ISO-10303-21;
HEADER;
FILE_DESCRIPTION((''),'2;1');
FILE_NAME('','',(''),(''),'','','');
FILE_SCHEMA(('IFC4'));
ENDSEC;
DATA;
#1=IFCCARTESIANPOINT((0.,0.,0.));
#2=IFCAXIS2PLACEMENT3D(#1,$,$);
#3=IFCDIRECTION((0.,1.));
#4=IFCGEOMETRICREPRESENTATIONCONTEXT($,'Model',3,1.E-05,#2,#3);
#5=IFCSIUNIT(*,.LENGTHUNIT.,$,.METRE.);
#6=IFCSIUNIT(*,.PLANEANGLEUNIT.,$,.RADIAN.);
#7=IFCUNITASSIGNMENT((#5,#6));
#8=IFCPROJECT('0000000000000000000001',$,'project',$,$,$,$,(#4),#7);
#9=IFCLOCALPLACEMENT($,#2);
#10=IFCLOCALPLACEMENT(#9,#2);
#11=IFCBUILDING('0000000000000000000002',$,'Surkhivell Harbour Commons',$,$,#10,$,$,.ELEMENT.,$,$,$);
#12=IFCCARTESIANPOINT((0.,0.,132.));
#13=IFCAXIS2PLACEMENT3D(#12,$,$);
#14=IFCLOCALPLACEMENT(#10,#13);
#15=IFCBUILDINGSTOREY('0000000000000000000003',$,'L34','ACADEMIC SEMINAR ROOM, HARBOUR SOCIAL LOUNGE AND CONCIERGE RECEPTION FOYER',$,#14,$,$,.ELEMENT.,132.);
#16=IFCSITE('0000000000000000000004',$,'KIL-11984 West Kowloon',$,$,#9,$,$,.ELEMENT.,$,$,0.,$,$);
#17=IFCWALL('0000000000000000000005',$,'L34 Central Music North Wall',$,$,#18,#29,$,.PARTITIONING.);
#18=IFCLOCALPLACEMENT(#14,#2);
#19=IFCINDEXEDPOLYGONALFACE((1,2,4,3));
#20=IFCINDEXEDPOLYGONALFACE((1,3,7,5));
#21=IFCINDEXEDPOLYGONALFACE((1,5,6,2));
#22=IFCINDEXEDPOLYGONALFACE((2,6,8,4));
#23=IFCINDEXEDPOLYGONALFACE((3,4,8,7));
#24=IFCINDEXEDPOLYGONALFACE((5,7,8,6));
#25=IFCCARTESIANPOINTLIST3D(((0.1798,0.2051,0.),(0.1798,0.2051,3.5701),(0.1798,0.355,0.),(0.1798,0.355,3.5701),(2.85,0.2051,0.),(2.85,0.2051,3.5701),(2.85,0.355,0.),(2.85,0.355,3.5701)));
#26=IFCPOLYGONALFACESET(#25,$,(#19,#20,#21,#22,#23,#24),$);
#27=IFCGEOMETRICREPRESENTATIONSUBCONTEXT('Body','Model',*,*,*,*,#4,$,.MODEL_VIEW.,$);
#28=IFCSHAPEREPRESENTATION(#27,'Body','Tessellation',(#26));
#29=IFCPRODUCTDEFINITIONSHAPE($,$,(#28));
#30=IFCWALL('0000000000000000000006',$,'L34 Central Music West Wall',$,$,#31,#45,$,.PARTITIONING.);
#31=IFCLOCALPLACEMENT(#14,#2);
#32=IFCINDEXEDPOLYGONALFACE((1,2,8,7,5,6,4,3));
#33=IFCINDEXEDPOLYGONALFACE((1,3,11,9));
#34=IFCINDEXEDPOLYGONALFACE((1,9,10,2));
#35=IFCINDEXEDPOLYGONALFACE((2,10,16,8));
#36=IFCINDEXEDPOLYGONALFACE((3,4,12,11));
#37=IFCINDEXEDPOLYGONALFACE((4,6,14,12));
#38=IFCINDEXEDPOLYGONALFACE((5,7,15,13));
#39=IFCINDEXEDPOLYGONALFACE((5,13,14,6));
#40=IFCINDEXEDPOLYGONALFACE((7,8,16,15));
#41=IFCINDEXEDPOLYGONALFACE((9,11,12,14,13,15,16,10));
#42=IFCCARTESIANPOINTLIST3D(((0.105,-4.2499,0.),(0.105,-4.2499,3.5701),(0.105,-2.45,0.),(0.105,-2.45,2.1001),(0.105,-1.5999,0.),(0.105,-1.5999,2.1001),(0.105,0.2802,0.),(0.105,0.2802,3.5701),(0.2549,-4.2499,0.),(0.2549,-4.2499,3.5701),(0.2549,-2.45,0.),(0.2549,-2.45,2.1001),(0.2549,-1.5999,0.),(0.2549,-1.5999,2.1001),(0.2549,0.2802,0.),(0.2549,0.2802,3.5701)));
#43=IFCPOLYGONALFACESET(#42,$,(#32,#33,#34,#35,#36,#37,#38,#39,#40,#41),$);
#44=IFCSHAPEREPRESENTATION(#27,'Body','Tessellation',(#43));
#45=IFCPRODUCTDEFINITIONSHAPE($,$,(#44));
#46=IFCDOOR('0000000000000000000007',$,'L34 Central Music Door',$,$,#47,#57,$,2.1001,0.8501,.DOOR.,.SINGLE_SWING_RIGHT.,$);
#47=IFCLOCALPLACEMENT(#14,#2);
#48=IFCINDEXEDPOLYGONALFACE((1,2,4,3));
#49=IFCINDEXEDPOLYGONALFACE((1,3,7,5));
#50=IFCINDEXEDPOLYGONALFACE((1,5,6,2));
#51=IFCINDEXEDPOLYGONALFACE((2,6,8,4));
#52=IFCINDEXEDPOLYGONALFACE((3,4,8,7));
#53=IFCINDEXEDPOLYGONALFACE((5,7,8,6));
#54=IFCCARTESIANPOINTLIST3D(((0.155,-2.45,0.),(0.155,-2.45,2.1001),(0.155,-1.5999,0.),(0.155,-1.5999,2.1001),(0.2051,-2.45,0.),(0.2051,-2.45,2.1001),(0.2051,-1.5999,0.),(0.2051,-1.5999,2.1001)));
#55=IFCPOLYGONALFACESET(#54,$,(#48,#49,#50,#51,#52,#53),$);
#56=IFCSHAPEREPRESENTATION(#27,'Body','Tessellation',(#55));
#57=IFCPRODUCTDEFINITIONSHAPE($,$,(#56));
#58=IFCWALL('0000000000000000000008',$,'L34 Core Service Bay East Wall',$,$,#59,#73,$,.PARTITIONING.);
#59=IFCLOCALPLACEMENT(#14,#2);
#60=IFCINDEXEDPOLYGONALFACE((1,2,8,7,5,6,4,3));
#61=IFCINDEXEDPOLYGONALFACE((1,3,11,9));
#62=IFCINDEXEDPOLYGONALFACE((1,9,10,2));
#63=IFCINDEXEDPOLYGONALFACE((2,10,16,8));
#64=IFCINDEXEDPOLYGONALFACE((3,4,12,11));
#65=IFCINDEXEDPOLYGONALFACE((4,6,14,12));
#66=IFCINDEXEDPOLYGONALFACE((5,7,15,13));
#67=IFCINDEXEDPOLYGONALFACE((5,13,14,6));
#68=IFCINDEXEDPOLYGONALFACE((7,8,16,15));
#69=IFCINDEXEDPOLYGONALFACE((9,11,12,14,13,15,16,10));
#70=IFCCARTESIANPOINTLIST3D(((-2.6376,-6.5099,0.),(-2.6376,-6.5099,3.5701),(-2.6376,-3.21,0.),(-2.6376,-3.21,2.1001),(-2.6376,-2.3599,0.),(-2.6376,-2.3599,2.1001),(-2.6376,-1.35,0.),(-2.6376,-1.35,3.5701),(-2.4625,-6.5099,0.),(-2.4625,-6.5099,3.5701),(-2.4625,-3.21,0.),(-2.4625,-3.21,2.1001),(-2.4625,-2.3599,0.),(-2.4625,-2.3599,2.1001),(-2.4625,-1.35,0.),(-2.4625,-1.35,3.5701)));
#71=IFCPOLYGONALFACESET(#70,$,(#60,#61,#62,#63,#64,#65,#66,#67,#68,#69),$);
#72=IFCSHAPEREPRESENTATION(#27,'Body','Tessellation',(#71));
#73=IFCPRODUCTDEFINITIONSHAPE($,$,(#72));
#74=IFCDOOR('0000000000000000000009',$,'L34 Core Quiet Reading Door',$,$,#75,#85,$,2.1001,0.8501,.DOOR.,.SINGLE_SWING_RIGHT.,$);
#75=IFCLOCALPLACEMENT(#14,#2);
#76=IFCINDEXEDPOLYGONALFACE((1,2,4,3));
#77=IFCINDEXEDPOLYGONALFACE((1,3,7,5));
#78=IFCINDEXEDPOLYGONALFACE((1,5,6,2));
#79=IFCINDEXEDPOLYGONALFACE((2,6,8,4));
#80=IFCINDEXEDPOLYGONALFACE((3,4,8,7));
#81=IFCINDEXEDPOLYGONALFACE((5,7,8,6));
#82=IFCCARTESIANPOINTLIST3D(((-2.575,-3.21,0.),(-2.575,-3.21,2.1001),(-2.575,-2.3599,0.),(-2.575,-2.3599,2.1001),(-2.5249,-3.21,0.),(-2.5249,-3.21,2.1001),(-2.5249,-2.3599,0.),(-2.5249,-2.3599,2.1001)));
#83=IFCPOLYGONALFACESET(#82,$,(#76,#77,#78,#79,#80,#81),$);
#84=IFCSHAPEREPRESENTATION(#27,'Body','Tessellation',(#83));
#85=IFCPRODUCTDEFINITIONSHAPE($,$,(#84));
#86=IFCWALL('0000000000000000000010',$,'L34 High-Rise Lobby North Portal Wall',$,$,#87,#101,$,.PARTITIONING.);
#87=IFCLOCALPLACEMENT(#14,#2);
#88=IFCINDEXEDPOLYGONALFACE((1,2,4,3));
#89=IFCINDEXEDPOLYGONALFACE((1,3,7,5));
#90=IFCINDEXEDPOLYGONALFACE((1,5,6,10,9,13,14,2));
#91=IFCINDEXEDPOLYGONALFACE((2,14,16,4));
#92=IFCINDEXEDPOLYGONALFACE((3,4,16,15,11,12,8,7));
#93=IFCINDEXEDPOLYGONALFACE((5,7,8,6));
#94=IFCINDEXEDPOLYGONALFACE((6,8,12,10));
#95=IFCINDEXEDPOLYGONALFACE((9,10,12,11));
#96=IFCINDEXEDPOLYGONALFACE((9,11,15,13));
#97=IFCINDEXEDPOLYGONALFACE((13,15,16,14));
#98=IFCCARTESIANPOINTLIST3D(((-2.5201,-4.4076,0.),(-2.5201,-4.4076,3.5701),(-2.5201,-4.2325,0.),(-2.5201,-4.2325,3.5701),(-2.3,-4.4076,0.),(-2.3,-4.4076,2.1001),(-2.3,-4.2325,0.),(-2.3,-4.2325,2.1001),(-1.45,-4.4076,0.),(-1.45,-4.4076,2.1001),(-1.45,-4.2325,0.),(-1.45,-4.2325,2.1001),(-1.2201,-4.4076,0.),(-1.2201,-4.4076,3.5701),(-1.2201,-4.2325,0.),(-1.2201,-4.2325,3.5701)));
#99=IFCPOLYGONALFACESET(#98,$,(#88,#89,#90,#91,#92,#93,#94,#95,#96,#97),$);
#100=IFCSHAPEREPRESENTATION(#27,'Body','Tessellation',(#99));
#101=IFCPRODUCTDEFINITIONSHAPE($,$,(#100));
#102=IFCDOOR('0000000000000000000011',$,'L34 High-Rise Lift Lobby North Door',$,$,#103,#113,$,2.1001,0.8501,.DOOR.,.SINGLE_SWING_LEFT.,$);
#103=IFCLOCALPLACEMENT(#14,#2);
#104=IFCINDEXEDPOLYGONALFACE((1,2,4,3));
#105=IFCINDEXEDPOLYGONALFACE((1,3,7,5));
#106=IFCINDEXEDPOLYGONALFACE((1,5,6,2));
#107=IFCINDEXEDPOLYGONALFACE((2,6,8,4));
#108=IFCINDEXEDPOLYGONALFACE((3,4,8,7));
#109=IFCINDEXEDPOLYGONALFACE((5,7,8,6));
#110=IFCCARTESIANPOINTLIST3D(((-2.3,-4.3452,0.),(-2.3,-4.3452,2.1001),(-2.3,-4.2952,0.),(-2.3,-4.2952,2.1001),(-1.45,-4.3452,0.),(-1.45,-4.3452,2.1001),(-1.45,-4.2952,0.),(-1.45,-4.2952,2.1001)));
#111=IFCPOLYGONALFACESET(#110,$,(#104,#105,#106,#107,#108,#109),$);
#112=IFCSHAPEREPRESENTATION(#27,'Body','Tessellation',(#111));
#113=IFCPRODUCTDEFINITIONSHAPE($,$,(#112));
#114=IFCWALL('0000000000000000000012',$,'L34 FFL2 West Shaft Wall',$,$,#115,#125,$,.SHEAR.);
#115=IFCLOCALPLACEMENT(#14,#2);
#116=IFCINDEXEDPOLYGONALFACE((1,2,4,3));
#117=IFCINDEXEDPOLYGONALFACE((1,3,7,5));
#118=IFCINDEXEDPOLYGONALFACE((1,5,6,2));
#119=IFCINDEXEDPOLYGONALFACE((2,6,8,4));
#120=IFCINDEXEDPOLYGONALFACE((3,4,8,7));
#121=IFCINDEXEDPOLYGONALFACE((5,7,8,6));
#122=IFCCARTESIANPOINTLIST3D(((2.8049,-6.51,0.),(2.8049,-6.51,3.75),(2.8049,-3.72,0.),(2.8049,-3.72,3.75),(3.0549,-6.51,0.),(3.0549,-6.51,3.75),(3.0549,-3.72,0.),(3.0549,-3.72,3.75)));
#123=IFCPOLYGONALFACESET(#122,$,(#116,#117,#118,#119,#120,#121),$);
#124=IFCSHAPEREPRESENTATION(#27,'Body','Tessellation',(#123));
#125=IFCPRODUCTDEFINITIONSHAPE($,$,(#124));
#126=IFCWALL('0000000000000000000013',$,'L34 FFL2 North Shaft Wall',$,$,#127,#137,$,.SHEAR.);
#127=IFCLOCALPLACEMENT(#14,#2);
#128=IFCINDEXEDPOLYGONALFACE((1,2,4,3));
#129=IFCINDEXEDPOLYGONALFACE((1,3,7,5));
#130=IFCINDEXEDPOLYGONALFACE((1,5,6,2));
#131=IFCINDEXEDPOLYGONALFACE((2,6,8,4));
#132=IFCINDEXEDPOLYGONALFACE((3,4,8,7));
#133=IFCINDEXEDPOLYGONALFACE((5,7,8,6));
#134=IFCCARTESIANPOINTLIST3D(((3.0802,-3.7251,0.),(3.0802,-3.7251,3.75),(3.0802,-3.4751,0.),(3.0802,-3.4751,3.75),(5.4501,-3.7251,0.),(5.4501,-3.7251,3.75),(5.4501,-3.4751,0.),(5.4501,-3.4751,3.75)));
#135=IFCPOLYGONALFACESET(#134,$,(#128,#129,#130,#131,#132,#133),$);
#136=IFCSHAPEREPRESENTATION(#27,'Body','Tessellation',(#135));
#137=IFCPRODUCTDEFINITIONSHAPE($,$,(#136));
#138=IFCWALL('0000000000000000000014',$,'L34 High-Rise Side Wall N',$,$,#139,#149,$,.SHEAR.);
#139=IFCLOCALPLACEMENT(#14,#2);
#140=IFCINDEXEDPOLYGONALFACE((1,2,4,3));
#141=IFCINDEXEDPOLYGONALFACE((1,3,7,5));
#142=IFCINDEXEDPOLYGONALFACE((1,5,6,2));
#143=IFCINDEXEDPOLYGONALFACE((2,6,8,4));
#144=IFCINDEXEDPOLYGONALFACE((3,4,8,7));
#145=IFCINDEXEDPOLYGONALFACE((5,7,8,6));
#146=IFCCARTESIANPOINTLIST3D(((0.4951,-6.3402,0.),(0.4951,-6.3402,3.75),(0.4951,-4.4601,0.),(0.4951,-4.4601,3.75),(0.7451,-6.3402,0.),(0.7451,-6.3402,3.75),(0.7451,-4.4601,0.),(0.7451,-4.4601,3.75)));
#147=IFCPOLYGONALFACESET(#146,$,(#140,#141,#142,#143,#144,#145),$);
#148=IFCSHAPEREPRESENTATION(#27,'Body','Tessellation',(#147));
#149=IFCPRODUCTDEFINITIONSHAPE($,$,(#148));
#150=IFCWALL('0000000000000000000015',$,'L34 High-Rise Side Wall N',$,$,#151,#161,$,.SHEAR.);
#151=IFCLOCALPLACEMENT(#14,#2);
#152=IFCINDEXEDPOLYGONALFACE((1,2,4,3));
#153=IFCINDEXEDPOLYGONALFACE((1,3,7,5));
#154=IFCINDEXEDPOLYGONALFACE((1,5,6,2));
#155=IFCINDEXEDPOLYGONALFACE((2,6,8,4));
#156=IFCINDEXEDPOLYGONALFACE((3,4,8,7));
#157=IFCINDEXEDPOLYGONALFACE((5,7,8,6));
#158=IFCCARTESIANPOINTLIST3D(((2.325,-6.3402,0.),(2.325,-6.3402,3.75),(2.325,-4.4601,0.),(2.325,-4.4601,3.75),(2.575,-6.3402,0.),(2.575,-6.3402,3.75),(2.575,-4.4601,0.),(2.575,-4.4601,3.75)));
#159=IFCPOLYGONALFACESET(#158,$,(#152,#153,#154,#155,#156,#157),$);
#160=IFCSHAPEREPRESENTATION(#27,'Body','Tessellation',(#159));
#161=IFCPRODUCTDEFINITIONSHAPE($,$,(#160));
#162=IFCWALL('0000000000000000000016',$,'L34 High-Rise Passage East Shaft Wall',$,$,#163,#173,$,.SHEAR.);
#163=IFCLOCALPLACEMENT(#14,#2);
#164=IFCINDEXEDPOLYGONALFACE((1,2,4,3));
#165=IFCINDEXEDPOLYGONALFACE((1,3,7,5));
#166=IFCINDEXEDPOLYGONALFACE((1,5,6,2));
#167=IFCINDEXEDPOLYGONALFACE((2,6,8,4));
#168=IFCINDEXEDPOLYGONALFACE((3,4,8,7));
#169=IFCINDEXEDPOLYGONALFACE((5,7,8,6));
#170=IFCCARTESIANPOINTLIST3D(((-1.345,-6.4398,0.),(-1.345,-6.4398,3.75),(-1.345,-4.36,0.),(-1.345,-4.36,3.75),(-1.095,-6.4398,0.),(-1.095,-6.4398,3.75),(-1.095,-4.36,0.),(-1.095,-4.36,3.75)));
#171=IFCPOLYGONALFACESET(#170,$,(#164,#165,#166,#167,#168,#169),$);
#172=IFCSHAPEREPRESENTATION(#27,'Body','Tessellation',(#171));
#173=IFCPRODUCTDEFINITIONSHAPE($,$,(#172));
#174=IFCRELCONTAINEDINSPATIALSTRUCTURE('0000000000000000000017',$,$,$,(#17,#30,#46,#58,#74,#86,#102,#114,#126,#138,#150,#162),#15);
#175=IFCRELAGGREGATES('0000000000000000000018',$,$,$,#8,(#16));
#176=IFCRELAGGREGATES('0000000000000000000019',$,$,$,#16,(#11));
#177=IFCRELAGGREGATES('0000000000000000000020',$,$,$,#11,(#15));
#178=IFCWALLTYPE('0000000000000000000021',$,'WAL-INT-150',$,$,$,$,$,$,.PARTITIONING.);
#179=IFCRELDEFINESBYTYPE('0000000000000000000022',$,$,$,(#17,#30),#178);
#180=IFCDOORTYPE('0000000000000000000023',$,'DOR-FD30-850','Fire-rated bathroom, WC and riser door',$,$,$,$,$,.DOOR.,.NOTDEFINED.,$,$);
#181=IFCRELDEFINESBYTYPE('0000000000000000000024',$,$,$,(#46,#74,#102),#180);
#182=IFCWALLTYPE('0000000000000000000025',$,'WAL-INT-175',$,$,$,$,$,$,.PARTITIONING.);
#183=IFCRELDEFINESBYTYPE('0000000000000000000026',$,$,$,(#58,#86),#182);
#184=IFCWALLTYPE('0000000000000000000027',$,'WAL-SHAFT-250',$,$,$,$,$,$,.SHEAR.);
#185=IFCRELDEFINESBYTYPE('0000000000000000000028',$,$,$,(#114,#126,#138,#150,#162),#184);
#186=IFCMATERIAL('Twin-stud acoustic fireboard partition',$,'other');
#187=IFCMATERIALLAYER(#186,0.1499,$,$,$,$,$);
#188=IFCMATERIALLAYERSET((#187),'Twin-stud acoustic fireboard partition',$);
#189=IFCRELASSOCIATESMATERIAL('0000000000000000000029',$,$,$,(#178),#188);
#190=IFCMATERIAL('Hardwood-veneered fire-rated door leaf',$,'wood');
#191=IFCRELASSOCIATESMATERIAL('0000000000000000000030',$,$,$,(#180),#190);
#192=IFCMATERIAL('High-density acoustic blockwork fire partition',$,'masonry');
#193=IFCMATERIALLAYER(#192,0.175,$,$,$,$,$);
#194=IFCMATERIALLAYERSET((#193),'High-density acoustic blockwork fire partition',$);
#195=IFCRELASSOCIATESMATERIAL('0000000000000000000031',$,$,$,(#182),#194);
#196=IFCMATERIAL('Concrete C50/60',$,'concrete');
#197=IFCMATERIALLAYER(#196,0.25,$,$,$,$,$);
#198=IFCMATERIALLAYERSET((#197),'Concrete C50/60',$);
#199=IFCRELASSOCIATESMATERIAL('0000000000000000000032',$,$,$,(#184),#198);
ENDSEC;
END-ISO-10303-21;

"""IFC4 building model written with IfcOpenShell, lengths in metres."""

from ifc_helpers import new_model, si_unit, direction, frame, frame_2d, origin, place, context, subcontext, project, spatial, rectangle, extrude, material, layer, layer_set, type_object, element, fill, save


model = new_model("IFC4")

# Units and contexts
model_context = context("Model", 3, precision=1e-05, world=origin(), true_north=direction((0.0, 1.0)))
body_context = subcontext(model_context, "Body", "Model", "MODEL_VIEW")
ifc_project = project(units=[si_unit("LENGTHUNIT", "METRE"), si_unit("PLANEANGLEUNIT", "RADIAN")], contexts=[model_context])

# Site, building, storey
site_placement = place(None, origin())
site = spatial("IfcSite", under=ifc_project, at=site_placement, Name="KIL-11984 West Kowloon", CompositionType="ELEMENT", RefElevation=0.0)
building_placement = place(site_placement, origin())
building = spatial("IfcBuilding", under=site, at=building_placement, Name="Surkhivell Harbour Commons", CompositionType="ELEMENT")
storey_placement = place(building_placement, frame((0.0, 0.0, 132.0)))
storey = spatial("IfcBuildingStorey", under=building, at=storey_placement, Name="L34", Description="ACADEMIC SEMINAR ROOM, HARBOUR SOCIAL LOUNGE AND CONCIERGE RECEPTION FOYER", CompositionType="ELEMENT", Elevation=132.0)

# Wall
ifc_material_1 = material(Name="Twin-stud acoustic fireboard partition", Category="other")
ifc_layer_1 = layer(ifc_material_1, 0.1499)
ifc_layer_set_1 = layer_set([ifc_layer_1], Name="Twin-stud acoustic fireboard partition")
wall_type_1 = type_object("IfcWallType", Name="WAL-INT-150", PredefinedType="PARTITIONING", material=ifc_layer_set_1)
wall_1_placement = place(storey_placement, frame((0.1799, 0.28, 0.0), z_axis=(0.0, 0.0, 1.0), x_axis=(1.0, 0.0, 0.0)))
element("IfcWall", 1, at=wall_1_placement, inside=storey, type_object=wall_type_1, Name="L34 Central Music North Wall", PredefinedType="PARTITIONING", context=body_context, shape_type="SweptSolid", body=[
    extrude(rectangle(XDim=2.6702, YDim=0.1499, at=frame_2d((1.335, 0.0))), origin(), (0.0, 0.0, 1.0), 3.5701),
])

# Walls, openings, doors
wall_2_placement = place(storey_placement, frame((0.1799, -4.25, 0.0), z_axis=(0.0, 0.0, 1.0), x_axis=(0.0, 1.0, 0.0)))
wall_2 = element("IfcWall", 2, at=wall_2_placement, inside=storey, type_object=wall_type_1, Name="L34 Central Music West Wall", PredefinedType="PARTITIONING", context=body_context, shape_type="SweptSolid", body=[
    extrude(rectangle(XDim=4.53, YDim=0.1499, at=frame_2d((2.2651, 0.0))), origin(), (0.0, 0.0, 1.0), 3.5701),
])
opening_1_placement = place(wall_2_placement, frame((1.8, 0.0, 0.0)))
opening_1 = element("IfcOpeningElement", 3, at=opening_1_placement, cuts=wall_2, PredefinedType="OPENING", context=body_context, shape_type="SweptSolid", body=[
    extrude(rectangle(XDim=0.8501, YDim=2.1001, at=frame_2d((0.425, 1.05))), frame((0.0, 0.085, 0.0), z_axis=(0.0, -1.0, 0.0), x_axis=(1.0, 0.0, 0.0)), (0.0, 0.0, 1.0), 0.1699),
])
ifc_material_2 = material(Name="Hardwood-veneered fire-rated door leaf", Category="wood")
door_type_1 = type_object("IfcDoorType", Name="DOR-FD30-850", Description="Fire-rated bathroom, WC and riser door", OperationType="NOTDEFINED", PredefinedType="DOOR", material=ifc_material_2)
door_1_placement = place(opening_1_placement, origin())
door_1 = element("IfcDoor", 4, at=door_1_placement, inside=storey, type_object=door_type_1, Name="L34 Central Music Door", OperationType="SINGLE_SWING_RIGHT", OverallHeight=2.1001, OverallWidth=0.8501, PredefinedType="DOOR", context=body_context, shape_type="SweptSolid", body=[
    extrude(rectangle(XDim=0.8501, YDim=2.1001, at=frame_2d((0.425, 1.05))), frame((0.0, 0.0249, 0.0), z_axis=(0.0, -1.0, 0.0), x_axis=(1.0, 0.0, 0.0)), (0.0, 0.0, 1.0), 0.05),
])
fill(opening_1, door_1)
ifc_material_3 = material(Name="High-density acoustic blockwork fire partition", Category="masonry")
ifc_layer_2 = layer(ifc_material_3, 0.175)
ifc_layer_set_2 = layer_set([ifc_layer_2], Name="High-density acoustic blockwork fire partition")
wall_type_2 = type_object("IfcWallType", Name="WAL-INT-175", PredefinedType="PARTITIONING", material=ifc_layer_set_2)
wall_3_placement = place(storey_placement, frame((-2.55, -6.51, 0.0), z_axis=(0.0, 0.0, 1.0), x_axis=(0.0, 1.0, 0.0)))
wall_3 = element("IfcWall", 5, at=wall_3_placement, inside=storey, type_object=wall_type_2, Name="L34 Core Service Bay East Wall", PredefinedType="PARTITIONING", context=body_context, shape_type="SweptSolid", body=[
    extrude(rectangle(XDim=5.1599, YDim=0.175, at=frame_2d((2.5801, 0.0))), origin(), (0.0, 0.0, 1.0), 3.5701),
])
opening_2_placement = place(wall_3_placement, frame((3.3, 0.0, 0.0)))
opening_2 = element("IfcOpeningElement", 6, at=opening_2_placement, cuts=wall_3, PredefinedType="OPENING", context=body_context, shape_type="SweptSolid", body=[
    extrude(rectangle(XDim=0.8501, YDim=2.1001, at=frame_2d((0.425, 1.05))), frame((0.0, 0.0974, 0.0), z_axis=(0.0, -1.0, 0.0), x_axis=(1.0, 0.0, 0.0)), (0.0, 0.0, 1.0), 0.1951),
])
door_2_placement = place(opening_2_placement, origin())
door_2 = element("IfcDoor", 7, at=door_2_placement, inside=storey, type_object=door_type_1, Name="L34 Core Quiet Reading Door", OperationType="SINGLE_SWING_RIGHT", OverallHeight=2.1001, OverallWidth=0.8501, PredefinedType="DOOR", context=body_context, shape_type="SweptSolid", body=[
    extrude(rectangle(XDim=0.8501, YDim=2.1001, at=frame_2d((0.425, 1.05))), frame((0.0, 0.0249, 0.0), z_axis=(0.0, -1.0, 0.0), x_axis=(1.0, 0.0, 0.0)), (0.0, 0.0, 1.0), 0.05),
])
fill(opening_2, door_2)
wall_4_placement = place(storey_placement, frame((-2.52, -4.3201, 0.0), z_axis=(0.0, 0.0, 1.0), x_axis=(1.0, 0.0, 0.0)))
wall_4 = element("IfcWall", 8, at=wall_4_placement, inside=storey, type_object=wall_type_2, Name="L34 High-Rise Lobby North Portal Wall", PredefinedType="PARTITIONING", context=body_context, shape_type="SweptSolid", body=[
    extrude(rectangle(XDim=1.3, YDim=0.175, at=frame_2d((0.6499, 0.0))), origin(), (0.0, 0.0, 1.0), 3.5701),
])
opening_3_placement = place(wall_4_placement, frame((0.22, 0.0, 0.0)))
opening_3 = element("IfcOpeningElement", 9, at=opening_3_placement, cuts=wall_4, PredefinedType="OPENING", context=body_context, shape_type="SweptSolid", body=[
    extrude(rectangle(XDim=0.8501, YDim=2.1001, at=frame_2d((0.425, 1.05))), frame((0.0, 0.0974, 0.0), z_axis=(0.0, -1.0, 0.0), x_axis=(1.0, 0.0, 0.0)), (0.0, 0.0, 1.0), 0.1951),
])
door_3_placement = place(opening_3_placement, origin())
door_3 = element("IfcDoor", 10, at=door_3_placement, inside=storey, type_object=door_type_1, Name="L34 High-Rise Lift Lobby North Door", OperationType="SINGLE_SWING_LEFT", OverallHeight=2.1001, OverallWidth=0.8501, PredefinedType="DOOR", context=body_context, shape_type="SweptSolid", body=[
    extrude(rectangle(XDim=0.8501, YDim=2.1001, at=frame_2d((0.425, 1.05))), frame((0.0, 0.0249, 0.0), z_axis=(0.0, -1.0, 0.0), x_axis=(1.0, 0.0, 0.0)), (0.0, 0.0, 1.0), 0.05),
])
fill(opening_3, door_3)

# Walls
ifc_material_4 = material(Name="Concrete C50/60", Category="concrete")
ifc_layer_3 = layer(ifc_material_4, 0.25)
ifc_layer_set_3 = layer_set([ifc_layer_3], Name="Concrete C50/60")
wall_type_3 = type_object("IfcWallType", Name="WAL-SHAFT-250", PredefinedType="SHEAR", material=ifc_layer_set_3)
wall_5_placement = place(storey_placement, frame((2.9299, -6.51, 0.0), z_axis=(0.0, 0.0, 1.0), x_axis=(0.0, 1.0, 0.0)))
element("IfcWall", 11, at=wall_5_placement, inside=storey, type_object=wall_type_3, Name="L34 FFL2 West Shaft Wall", PredefinedType="SHEAR", context=body_context, shape_type="SweptSolid", body=[
    extrude(rectangle(XDim=2.79, YDim=0.25, at=frame_2d((1.395, 0.0))), origin(), (0.0, 0.0, 1.0), 3.75),
])
wall_6_placement = place(storey_placement, frame((3.0801, -3.6001, 0.0), z_axis=(0.0, 0.0, 1.0), x_axis=(1.0, 0.0, 0.0)))
element("IfcWall", 12, at=wall_6_placement, inside=storey, type_object=wall_type_3, Name="L34 FFL2 North Shaft Wall", PredefinedType="SHEAR", context=body_context, shape_type="SweptSolid", body=[
    extrude(rectangle(XDim=2.3699, YDim=0.25, at=frame_2d((1.1851, 0.0))), origin(), (0.0, 0.0, 1.0), 3.75),
])
for number, where, z_axis, x_axis, name in (
    (13, (0.6201, -6.3401, 0.0), (0.0, 0.0, 1.0), (0.0, 1.0, 0.0), "L34 High-Rise Side Wall N"),
    (14, (2.45, -6.3401, 0.0), (0.0, 0.0, 1.0), (0.0, 1.0, 0.0), "L34 High-Rise Side Wall N"),
):
    element("IfcWall", number, at=place(storey_placement, frame(where, z_axis=z_axis, x_axis=x_axis)), inside=storey, type_object=wall_type_3, Name=name, PredefinedType="SHEAR", context=body_context, shape_type="SweptSolid", body=[
        extrude(rectangle(XDim=1.8801, YDim=0.25, at=frame_2d((0.9399, 0.0))), origin(), (0.0, 0.0, 1.0), 3.75),
    ])
wall_7_placement = place(storey_placement, frame((-1.22, -6.4399, 0.0), z_axis=(0.0, 0.0, 1.0), x_axis=(0.0, 1.0, 0.0)))
element("IfcWall", 15, at=wall_7_placement, inside=storey, type_object=wall_type_3, Name="L34 High-Rise Passage East Shaft Wall", PredefinedType="SHEAR", context=body_context, shape_type="SweptSolid", body=[
    extrude(rectangle(XDim=2.0798, YDim=0.25, at=frame_2d((1.04, 0.0))), origin(), (0.0, 0.0, 1.0), 3.75),
])

save(model, "model.ifc")
